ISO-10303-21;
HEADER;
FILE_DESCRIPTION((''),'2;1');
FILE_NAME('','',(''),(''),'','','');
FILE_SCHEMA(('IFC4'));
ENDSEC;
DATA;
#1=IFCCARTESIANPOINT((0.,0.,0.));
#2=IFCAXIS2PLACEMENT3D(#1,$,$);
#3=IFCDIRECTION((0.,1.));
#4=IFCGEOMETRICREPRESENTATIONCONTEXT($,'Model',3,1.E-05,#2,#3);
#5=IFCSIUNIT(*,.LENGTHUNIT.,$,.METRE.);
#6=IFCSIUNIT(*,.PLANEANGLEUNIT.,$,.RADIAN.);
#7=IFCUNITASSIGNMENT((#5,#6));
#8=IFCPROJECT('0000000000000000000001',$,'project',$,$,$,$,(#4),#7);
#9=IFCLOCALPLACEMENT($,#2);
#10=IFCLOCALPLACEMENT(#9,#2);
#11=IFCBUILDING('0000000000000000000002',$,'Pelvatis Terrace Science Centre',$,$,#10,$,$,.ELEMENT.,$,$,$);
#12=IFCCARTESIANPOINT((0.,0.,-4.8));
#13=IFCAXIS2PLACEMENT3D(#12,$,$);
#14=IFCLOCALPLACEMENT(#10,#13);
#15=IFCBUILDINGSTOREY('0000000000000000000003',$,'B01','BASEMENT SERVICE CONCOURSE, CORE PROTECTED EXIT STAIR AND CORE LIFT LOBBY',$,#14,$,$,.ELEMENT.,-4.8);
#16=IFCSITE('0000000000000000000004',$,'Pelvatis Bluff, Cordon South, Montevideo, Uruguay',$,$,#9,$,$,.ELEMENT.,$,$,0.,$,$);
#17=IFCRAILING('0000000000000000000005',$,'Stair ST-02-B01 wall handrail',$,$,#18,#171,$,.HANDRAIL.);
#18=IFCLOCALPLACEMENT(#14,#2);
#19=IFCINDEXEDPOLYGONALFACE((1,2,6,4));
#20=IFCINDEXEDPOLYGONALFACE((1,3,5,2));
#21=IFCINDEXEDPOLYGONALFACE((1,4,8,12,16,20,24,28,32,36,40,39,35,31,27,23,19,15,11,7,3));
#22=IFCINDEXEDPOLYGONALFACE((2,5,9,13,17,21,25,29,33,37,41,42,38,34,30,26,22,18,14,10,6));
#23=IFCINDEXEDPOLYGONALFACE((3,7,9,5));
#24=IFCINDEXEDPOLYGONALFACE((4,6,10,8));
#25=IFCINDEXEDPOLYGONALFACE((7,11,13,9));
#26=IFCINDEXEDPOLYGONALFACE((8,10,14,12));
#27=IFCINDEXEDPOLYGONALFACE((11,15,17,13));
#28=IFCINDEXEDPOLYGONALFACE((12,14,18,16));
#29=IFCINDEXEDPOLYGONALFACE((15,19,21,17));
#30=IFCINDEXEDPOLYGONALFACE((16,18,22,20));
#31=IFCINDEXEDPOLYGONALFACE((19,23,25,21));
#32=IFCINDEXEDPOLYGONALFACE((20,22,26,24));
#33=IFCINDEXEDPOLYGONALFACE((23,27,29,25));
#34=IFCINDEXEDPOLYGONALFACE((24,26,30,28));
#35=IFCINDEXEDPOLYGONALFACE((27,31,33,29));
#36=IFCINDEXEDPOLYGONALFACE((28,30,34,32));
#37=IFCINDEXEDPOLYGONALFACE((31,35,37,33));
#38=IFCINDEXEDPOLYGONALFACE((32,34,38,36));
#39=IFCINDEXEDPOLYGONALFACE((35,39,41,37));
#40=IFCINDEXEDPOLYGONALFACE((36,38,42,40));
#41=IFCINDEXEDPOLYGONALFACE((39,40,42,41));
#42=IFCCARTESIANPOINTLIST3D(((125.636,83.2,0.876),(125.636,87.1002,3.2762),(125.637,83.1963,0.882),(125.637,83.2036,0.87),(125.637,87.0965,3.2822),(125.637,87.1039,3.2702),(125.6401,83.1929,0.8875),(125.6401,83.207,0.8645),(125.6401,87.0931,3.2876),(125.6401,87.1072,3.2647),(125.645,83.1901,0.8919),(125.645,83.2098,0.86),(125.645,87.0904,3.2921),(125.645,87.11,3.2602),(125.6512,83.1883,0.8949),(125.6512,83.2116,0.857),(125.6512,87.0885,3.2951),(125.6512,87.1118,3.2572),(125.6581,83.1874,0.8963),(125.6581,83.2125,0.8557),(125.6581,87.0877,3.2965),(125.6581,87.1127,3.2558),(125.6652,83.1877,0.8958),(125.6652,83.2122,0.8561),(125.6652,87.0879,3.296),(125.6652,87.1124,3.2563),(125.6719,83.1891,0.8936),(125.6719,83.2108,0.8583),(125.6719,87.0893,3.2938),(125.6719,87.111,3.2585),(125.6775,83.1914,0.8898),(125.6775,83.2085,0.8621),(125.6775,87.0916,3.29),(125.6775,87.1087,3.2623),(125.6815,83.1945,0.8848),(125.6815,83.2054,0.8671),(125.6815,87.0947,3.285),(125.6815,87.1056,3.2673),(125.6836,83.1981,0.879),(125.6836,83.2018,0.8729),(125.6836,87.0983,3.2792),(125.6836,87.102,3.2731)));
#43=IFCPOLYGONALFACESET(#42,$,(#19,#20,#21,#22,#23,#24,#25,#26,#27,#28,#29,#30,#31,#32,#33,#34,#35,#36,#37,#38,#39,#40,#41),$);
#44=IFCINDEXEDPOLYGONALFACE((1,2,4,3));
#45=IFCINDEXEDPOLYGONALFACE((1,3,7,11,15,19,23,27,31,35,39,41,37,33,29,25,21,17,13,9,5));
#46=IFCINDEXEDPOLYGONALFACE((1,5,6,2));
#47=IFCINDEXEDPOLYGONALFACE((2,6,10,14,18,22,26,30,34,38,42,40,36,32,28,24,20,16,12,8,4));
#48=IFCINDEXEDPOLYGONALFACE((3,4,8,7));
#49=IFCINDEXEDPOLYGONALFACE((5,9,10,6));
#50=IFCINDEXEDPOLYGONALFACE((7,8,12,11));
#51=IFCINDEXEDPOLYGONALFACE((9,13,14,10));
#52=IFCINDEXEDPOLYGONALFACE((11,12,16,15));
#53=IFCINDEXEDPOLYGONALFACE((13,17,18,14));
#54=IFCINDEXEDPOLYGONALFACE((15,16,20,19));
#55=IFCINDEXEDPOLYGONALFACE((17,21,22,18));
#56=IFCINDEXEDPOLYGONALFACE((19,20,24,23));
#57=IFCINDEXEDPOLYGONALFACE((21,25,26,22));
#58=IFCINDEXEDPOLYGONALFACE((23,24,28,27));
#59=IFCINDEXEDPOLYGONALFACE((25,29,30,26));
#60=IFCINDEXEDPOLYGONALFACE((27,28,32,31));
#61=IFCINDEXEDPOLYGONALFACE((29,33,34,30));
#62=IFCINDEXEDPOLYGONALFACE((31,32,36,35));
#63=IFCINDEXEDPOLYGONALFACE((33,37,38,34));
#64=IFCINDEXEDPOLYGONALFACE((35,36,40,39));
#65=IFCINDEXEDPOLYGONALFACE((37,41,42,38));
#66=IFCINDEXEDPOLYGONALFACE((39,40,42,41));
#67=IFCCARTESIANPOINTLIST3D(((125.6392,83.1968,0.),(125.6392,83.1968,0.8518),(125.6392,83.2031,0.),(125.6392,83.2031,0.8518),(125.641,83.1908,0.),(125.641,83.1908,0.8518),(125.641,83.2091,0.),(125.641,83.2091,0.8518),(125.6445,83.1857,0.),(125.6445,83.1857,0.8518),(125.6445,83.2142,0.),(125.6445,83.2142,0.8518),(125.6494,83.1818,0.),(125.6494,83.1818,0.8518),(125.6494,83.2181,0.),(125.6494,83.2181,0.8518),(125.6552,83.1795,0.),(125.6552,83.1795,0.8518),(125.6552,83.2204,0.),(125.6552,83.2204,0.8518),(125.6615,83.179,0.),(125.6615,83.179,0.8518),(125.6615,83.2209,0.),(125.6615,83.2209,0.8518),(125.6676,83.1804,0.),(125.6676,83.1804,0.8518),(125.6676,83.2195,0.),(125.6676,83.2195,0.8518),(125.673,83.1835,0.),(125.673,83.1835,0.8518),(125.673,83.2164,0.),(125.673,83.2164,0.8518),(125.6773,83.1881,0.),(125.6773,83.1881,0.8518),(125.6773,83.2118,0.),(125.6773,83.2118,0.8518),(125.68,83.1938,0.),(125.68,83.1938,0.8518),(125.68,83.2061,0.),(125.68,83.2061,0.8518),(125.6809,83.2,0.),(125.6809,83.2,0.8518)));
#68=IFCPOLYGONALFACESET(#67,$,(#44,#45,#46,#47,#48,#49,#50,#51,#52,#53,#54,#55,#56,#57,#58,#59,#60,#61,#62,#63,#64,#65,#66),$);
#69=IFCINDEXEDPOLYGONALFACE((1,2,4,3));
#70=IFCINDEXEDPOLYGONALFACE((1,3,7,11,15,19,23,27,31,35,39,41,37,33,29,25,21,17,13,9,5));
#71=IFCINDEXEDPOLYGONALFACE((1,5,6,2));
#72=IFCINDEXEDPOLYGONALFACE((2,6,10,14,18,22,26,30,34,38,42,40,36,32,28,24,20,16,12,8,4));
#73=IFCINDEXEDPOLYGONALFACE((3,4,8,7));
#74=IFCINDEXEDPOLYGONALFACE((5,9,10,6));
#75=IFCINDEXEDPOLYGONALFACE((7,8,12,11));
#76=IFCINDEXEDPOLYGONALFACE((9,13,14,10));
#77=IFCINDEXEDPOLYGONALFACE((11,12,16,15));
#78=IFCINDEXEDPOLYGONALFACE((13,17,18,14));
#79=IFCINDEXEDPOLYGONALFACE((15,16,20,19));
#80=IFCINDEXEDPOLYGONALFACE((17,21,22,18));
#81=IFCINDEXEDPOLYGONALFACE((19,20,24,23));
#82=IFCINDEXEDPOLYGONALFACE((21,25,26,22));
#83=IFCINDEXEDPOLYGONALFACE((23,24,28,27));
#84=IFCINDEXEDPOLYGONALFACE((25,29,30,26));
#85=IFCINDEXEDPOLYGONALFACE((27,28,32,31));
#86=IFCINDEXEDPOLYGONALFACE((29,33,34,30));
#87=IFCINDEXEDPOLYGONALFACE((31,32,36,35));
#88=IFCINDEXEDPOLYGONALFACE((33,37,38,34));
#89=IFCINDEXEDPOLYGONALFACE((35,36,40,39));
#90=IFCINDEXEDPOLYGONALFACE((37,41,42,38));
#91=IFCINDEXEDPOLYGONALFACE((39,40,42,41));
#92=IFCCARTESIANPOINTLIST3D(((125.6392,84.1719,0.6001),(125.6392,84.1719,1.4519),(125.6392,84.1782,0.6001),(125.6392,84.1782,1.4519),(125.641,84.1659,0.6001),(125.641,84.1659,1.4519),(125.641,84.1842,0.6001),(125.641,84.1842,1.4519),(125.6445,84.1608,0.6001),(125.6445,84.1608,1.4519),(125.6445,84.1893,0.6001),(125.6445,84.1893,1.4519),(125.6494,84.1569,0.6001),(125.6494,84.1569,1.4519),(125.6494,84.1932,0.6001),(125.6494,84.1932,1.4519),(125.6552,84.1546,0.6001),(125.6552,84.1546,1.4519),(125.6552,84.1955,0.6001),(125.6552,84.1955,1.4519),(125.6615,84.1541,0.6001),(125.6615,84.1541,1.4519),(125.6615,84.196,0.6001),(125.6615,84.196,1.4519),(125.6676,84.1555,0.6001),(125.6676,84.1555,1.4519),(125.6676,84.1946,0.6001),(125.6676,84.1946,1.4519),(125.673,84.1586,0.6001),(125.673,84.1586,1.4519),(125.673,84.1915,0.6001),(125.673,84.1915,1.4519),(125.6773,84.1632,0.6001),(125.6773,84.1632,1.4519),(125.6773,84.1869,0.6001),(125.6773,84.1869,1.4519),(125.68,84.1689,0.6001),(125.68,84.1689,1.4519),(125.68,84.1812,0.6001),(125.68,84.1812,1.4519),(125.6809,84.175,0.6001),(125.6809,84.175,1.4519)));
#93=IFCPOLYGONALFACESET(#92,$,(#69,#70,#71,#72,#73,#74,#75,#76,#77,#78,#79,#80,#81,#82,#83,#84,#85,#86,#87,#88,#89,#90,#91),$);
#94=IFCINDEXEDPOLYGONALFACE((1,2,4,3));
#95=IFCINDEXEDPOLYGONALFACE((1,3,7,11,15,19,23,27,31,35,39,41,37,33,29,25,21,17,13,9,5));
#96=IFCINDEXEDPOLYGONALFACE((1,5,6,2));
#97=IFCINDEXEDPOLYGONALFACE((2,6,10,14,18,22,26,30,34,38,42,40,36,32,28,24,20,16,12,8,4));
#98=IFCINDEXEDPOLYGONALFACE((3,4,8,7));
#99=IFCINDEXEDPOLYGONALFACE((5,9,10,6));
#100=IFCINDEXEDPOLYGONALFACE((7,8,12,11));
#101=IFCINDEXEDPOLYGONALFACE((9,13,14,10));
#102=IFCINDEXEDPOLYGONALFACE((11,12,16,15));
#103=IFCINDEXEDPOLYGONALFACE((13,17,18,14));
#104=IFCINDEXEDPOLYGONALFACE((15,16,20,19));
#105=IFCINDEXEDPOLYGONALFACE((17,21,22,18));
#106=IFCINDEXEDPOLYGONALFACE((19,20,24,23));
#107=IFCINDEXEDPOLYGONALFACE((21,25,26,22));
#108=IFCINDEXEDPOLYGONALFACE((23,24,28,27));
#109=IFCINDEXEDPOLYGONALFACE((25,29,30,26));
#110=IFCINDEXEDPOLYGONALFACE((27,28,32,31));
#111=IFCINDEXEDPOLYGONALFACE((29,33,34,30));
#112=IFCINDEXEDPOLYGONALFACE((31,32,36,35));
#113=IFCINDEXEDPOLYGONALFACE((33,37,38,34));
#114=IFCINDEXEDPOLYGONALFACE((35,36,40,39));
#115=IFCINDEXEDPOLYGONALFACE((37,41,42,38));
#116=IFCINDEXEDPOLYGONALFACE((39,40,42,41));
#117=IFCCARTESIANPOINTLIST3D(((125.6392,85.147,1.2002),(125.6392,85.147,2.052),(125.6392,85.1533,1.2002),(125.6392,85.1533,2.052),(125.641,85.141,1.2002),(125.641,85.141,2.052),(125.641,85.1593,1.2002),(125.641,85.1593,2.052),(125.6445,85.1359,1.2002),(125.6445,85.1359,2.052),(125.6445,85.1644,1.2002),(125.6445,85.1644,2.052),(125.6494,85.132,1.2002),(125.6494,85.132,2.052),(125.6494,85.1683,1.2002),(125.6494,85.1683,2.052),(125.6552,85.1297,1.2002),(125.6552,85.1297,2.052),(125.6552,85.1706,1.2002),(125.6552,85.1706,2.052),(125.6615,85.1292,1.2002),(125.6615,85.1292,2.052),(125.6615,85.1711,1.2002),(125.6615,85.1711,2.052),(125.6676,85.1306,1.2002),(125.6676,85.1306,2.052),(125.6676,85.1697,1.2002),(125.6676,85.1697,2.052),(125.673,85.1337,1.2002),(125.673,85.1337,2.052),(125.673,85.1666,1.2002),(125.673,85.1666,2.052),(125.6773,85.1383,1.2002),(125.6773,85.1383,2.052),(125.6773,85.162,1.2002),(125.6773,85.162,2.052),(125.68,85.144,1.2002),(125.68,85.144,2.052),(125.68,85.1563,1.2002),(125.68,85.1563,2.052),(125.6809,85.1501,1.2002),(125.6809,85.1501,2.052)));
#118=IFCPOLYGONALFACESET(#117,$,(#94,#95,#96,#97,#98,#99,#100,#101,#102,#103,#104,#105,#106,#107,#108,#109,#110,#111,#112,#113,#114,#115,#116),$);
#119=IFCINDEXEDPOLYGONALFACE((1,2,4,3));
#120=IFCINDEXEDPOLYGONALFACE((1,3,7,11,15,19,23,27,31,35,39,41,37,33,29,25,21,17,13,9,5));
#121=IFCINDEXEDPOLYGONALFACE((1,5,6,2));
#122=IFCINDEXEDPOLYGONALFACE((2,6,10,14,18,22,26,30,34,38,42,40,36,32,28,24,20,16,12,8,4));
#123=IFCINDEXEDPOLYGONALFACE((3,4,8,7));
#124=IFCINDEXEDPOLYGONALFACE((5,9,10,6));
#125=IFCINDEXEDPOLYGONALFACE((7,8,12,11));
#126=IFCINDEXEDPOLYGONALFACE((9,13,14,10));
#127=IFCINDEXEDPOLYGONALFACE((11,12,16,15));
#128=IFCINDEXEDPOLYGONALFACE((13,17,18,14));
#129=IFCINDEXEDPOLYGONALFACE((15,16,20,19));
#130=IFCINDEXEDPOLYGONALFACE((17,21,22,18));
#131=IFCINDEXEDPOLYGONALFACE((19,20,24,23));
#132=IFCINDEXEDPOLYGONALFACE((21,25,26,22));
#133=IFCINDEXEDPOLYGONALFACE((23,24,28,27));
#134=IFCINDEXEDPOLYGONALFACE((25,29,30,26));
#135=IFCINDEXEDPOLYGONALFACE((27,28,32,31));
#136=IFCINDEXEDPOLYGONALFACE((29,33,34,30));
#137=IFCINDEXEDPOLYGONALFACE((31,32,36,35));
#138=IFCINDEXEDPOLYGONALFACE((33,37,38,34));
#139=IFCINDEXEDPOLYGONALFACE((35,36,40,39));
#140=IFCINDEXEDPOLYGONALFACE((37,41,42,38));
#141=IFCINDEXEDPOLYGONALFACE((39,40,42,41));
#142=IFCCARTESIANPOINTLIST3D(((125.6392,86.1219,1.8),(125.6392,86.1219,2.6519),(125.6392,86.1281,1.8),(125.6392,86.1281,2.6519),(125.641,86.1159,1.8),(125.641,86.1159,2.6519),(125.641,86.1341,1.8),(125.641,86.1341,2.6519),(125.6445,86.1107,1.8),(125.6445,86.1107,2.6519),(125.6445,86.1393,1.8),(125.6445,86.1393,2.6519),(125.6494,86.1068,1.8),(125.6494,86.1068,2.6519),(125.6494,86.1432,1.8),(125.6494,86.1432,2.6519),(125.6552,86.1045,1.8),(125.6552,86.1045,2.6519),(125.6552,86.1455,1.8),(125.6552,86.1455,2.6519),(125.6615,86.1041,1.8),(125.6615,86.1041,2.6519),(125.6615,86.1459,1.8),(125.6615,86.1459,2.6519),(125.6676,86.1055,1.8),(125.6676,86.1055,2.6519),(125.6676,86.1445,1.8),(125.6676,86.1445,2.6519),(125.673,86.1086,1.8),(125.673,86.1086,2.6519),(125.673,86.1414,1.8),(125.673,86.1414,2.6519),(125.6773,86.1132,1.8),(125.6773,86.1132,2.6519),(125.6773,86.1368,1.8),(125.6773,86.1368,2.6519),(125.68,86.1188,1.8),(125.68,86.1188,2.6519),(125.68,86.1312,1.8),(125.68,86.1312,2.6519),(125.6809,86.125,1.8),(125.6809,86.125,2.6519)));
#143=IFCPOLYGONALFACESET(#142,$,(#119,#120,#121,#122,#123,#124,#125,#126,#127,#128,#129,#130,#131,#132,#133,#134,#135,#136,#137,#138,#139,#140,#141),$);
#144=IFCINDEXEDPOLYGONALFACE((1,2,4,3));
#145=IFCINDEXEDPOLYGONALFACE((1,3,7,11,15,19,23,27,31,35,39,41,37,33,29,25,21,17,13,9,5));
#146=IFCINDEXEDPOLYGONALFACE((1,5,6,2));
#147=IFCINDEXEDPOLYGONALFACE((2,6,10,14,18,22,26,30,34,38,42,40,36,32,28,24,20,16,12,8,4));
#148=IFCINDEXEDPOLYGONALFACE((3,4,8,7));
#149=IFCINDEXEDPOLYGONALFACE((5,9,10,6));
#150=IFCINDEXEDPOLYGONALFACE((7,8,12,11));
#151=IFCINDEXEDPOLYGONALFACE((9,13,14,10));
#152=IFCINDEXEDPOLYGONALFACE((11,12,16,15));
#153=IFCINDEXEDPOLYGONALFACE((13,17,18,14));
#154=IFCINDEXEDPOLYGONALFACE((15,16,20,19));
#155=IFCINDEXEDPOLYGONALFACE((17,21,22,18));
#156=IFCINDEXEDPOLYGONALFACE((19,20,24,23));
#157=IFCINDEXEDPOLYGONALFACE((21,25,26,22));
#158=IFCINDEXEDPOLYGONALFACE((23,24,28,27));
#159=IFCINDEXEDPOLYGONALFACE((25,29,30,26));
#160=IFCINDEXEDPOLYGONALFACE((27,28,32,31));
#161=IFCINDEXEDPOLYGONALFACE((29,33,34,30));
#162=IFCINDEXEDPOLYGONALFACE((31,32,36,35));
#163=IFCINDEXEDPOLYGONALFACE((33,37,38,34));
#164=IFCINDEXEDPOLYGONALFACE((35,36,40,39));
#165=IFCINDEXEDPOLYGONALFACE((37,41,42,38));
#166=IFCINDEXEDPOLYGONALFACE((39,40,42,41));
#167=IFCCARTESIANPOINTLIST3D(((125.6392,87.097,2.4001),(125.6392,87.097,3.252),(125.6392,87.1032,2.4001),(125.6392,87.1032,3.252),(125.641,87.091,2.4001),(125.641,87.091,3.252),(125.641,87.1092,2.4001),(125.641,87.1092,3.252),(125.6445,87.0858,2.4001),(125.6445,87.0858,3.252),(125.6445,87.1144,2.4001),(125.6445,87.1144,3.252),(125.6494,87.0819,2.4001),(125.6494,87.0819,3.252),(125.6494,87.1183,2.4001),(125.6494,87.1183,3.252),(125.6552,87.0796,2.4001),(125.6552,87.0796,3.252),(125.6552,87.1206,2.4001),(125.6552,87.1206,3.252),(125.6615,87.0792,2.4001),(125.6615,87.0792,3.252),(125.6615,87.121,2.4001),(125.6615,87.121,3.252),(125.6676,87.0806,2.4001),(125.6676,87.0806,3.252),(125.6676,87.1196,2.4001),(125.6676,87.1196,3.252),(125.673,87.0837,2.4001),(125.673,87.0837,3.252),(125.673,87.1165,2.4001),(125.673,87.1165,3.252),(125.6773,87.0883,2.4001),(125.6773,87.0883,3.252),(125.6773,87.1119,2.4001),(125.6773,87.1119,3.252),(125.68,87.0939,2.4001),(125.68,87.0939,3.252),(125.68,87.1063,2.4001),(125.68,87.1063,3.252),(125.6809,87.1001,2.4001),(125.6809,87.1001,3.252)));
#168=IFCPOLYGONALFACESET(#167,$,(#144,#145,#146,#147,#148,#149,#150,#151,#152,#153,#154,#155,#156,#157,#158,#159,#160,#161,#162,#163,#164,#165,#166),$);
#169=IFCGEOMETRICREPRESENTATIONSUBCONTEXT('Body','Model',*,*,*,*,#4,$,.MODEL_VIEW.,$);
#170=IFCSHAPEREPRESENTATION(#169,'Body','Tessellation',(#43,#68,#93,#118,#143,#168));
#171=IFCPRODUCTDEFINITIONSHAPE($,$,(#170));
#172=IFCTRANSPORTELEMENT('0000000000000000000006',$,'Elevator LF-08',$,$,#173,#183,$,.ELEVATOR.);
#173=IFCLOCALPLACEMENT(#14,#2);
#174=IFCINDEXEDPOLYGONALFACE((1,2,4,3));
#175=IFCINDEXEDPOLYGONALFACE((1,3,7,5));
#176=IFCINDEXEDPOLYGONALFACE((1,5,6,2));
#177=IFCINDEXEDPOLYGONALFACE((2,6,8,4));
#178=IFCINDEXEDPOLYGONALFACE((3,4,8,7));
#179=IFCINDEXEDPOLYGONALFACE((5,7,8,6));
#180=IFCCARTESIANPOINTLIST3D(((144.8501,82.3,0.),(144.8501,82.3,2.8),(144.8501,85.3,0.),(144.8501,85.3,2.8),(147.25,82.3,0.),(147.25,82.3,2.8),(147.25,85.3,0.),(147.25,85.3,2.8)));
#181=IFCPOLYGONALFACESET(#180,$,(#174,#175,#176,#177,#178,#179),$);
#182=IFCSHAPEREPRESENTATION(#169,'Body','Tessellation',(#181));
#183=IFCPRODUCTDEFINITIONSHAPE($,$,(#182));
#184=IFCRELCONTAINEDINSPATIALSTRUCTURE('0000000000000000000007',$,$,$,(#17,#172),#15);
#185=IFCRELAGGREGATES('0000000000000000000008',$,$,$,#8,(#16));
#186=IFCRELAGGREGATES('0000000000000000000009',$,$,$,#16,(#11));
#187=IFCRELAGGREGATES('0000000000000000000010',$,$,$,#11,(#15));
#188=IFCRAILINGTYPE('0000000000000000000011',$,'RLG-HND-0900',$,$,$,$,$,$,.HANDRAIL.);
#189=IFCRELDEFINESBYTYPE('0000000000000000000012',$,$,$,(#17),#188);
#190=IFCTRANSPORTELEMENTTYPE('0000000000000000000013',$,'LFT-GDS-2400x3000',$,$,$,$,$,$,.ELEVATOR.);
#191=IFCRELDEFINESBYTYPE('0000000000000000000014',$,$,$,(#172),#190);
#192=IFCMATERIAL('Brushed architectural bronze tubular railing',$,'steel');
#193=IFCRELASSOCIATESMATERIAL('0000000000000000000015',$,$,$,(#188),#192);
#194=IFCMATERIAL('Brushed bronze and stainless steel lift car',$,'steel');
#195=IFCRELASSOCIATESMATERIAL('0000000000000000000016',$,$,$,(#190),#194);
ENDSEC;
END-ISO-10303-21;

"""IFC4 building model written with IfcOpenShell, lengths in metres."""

from ifc_helpers import new_model, si_unit, direction, frame, origin, origin_2d, place, context, subcontext, project, spatial, rectangle, circle, extrude, material, type_object, element, save


model = new_model("IFC4")

# Units and contexts
model_context = context("Model", 3, precision=1e-05, world=origin(), true_north=direction((0.0, 1.0)))
body_context = subcontext(model_context, "Body", "Model", "MODEL_VIEW")
ifc_project = project(units=[si_unit("LENGTHUNIT", "METRE"), si_unit("PLANEANGLEUNIT", "RADIAN")], contexts=[model_context])

# Site, building, storey
site_placement = place(None, origin())
site = spatial("IfcSite", under=ifc_project, at=site_placement, Name="Pelvatis Bluff, Cordon South, Montevideo, Uruguay", CompositionType="ELEMENT", RefElevation=0.0)
building_placement = place(site_placement, origin())
building = spatial("IfcBuilding", under=site, at=building_placement, Name="Pelvatis Terrace Science Centre", CompositionType="ELEMENT")
storey_placement = place(building_placement, frame((0.0, 0.0, -4.8)))
storey = spatial("IfcBuildingStorey", under=building, at=storey_placement, Name="B01", Description="BASEMENT SERVICE CONCOURSE, CORE PROTECTED EXIT STAIR AND CORE LIFT LOBBY", CompositionType="ELEMENT", Elevation=-4.8)

# Railing
ifc_material_1 = material(Name="Brushed architectural bronze tubular railing", Category="steel")
railing_type_1 = type_object("IfcRailingType", Name="RLG-HND-0900", PredefinedType="HANDRAIL", material=ifc_material_1)
railing_1_placement = place(storey_placement, frame((125.6599, 83.2, 0.0)))
element("IfcRailing", 1, at=railing_1_placement, inside=storey, type_object=railing_type_1, Name="Stair ST-02-B01 wall handrail", PredefinedType="HANDRAIL", context=body_context, shape_type="SweptSolid", body=[
    extrude(circle(Radius=0.0239, at=origin_2d()), frame((0.0, 0.0, 0.876), z_axis=(0.0, 0.851653, 0.524106), x_axis=(-1.0, 0.0, 0.0)), (0.0, 0.0, 1.0), 4.5796),
    extrude(circle(Radius=0.021, at=origin_2d()), origin(), (0.0, 0.0, 1.0), 0.8518),
    extrude(circle(Radius=0.021, at=origin_2d()), frame((0.0, 0.9751, 0.6001)), (0.0, 0.0, 1.0), 0.8518),
    extrude(circle(Radius=0.021, at=origin_2d()), frame((0.0, 1.9502, 1.2002)), (0.0, 0.0, 1.0), 0.8518),
    extrude(circle(Radius=0.021, at=origin_2d()), frame((0.0, 2.925, 1.8)), (0.0, 0.0, 1.0), 0.8518),
    extrude(circle(Radius=0.021, at=origin_2d()), frame((0.0, 3.9001, 2.4001)), (0.0, 0.0, 1.0), 0.8518),
])

# Transport element
ifc_material_2 = material(Name="Brushed bronze and stainless steel lift car", Category="steel")
transport_element_type = type_object("IfcTransportElementType", Name="LFT-GDS-2400x3000", PredefinedType="ELEVATOR", material=ifc_material_2)
transport_element_placement = place(storey_placement, frame((146.05, 83.8, 0.0), z_axis=(0.0, 0.0, 1.0), x_axis=(1.0, 0.0, 0.0)))
element("IfcTransportElement", 2, at=transport_element_placement, inside=storey, type_object=transport_element_type, Name="Elevator LF-08", PredefinedType="ELEVATOR", context=body_context, shape_type="SweptSolid", body=[
    extrude(rectangle(XDim=2.3999, YDim=3.0, at=origin_2d()), origin(), (0.0, 0.0, 1.0), 2.8),
])

save(model, "model.ifc")
